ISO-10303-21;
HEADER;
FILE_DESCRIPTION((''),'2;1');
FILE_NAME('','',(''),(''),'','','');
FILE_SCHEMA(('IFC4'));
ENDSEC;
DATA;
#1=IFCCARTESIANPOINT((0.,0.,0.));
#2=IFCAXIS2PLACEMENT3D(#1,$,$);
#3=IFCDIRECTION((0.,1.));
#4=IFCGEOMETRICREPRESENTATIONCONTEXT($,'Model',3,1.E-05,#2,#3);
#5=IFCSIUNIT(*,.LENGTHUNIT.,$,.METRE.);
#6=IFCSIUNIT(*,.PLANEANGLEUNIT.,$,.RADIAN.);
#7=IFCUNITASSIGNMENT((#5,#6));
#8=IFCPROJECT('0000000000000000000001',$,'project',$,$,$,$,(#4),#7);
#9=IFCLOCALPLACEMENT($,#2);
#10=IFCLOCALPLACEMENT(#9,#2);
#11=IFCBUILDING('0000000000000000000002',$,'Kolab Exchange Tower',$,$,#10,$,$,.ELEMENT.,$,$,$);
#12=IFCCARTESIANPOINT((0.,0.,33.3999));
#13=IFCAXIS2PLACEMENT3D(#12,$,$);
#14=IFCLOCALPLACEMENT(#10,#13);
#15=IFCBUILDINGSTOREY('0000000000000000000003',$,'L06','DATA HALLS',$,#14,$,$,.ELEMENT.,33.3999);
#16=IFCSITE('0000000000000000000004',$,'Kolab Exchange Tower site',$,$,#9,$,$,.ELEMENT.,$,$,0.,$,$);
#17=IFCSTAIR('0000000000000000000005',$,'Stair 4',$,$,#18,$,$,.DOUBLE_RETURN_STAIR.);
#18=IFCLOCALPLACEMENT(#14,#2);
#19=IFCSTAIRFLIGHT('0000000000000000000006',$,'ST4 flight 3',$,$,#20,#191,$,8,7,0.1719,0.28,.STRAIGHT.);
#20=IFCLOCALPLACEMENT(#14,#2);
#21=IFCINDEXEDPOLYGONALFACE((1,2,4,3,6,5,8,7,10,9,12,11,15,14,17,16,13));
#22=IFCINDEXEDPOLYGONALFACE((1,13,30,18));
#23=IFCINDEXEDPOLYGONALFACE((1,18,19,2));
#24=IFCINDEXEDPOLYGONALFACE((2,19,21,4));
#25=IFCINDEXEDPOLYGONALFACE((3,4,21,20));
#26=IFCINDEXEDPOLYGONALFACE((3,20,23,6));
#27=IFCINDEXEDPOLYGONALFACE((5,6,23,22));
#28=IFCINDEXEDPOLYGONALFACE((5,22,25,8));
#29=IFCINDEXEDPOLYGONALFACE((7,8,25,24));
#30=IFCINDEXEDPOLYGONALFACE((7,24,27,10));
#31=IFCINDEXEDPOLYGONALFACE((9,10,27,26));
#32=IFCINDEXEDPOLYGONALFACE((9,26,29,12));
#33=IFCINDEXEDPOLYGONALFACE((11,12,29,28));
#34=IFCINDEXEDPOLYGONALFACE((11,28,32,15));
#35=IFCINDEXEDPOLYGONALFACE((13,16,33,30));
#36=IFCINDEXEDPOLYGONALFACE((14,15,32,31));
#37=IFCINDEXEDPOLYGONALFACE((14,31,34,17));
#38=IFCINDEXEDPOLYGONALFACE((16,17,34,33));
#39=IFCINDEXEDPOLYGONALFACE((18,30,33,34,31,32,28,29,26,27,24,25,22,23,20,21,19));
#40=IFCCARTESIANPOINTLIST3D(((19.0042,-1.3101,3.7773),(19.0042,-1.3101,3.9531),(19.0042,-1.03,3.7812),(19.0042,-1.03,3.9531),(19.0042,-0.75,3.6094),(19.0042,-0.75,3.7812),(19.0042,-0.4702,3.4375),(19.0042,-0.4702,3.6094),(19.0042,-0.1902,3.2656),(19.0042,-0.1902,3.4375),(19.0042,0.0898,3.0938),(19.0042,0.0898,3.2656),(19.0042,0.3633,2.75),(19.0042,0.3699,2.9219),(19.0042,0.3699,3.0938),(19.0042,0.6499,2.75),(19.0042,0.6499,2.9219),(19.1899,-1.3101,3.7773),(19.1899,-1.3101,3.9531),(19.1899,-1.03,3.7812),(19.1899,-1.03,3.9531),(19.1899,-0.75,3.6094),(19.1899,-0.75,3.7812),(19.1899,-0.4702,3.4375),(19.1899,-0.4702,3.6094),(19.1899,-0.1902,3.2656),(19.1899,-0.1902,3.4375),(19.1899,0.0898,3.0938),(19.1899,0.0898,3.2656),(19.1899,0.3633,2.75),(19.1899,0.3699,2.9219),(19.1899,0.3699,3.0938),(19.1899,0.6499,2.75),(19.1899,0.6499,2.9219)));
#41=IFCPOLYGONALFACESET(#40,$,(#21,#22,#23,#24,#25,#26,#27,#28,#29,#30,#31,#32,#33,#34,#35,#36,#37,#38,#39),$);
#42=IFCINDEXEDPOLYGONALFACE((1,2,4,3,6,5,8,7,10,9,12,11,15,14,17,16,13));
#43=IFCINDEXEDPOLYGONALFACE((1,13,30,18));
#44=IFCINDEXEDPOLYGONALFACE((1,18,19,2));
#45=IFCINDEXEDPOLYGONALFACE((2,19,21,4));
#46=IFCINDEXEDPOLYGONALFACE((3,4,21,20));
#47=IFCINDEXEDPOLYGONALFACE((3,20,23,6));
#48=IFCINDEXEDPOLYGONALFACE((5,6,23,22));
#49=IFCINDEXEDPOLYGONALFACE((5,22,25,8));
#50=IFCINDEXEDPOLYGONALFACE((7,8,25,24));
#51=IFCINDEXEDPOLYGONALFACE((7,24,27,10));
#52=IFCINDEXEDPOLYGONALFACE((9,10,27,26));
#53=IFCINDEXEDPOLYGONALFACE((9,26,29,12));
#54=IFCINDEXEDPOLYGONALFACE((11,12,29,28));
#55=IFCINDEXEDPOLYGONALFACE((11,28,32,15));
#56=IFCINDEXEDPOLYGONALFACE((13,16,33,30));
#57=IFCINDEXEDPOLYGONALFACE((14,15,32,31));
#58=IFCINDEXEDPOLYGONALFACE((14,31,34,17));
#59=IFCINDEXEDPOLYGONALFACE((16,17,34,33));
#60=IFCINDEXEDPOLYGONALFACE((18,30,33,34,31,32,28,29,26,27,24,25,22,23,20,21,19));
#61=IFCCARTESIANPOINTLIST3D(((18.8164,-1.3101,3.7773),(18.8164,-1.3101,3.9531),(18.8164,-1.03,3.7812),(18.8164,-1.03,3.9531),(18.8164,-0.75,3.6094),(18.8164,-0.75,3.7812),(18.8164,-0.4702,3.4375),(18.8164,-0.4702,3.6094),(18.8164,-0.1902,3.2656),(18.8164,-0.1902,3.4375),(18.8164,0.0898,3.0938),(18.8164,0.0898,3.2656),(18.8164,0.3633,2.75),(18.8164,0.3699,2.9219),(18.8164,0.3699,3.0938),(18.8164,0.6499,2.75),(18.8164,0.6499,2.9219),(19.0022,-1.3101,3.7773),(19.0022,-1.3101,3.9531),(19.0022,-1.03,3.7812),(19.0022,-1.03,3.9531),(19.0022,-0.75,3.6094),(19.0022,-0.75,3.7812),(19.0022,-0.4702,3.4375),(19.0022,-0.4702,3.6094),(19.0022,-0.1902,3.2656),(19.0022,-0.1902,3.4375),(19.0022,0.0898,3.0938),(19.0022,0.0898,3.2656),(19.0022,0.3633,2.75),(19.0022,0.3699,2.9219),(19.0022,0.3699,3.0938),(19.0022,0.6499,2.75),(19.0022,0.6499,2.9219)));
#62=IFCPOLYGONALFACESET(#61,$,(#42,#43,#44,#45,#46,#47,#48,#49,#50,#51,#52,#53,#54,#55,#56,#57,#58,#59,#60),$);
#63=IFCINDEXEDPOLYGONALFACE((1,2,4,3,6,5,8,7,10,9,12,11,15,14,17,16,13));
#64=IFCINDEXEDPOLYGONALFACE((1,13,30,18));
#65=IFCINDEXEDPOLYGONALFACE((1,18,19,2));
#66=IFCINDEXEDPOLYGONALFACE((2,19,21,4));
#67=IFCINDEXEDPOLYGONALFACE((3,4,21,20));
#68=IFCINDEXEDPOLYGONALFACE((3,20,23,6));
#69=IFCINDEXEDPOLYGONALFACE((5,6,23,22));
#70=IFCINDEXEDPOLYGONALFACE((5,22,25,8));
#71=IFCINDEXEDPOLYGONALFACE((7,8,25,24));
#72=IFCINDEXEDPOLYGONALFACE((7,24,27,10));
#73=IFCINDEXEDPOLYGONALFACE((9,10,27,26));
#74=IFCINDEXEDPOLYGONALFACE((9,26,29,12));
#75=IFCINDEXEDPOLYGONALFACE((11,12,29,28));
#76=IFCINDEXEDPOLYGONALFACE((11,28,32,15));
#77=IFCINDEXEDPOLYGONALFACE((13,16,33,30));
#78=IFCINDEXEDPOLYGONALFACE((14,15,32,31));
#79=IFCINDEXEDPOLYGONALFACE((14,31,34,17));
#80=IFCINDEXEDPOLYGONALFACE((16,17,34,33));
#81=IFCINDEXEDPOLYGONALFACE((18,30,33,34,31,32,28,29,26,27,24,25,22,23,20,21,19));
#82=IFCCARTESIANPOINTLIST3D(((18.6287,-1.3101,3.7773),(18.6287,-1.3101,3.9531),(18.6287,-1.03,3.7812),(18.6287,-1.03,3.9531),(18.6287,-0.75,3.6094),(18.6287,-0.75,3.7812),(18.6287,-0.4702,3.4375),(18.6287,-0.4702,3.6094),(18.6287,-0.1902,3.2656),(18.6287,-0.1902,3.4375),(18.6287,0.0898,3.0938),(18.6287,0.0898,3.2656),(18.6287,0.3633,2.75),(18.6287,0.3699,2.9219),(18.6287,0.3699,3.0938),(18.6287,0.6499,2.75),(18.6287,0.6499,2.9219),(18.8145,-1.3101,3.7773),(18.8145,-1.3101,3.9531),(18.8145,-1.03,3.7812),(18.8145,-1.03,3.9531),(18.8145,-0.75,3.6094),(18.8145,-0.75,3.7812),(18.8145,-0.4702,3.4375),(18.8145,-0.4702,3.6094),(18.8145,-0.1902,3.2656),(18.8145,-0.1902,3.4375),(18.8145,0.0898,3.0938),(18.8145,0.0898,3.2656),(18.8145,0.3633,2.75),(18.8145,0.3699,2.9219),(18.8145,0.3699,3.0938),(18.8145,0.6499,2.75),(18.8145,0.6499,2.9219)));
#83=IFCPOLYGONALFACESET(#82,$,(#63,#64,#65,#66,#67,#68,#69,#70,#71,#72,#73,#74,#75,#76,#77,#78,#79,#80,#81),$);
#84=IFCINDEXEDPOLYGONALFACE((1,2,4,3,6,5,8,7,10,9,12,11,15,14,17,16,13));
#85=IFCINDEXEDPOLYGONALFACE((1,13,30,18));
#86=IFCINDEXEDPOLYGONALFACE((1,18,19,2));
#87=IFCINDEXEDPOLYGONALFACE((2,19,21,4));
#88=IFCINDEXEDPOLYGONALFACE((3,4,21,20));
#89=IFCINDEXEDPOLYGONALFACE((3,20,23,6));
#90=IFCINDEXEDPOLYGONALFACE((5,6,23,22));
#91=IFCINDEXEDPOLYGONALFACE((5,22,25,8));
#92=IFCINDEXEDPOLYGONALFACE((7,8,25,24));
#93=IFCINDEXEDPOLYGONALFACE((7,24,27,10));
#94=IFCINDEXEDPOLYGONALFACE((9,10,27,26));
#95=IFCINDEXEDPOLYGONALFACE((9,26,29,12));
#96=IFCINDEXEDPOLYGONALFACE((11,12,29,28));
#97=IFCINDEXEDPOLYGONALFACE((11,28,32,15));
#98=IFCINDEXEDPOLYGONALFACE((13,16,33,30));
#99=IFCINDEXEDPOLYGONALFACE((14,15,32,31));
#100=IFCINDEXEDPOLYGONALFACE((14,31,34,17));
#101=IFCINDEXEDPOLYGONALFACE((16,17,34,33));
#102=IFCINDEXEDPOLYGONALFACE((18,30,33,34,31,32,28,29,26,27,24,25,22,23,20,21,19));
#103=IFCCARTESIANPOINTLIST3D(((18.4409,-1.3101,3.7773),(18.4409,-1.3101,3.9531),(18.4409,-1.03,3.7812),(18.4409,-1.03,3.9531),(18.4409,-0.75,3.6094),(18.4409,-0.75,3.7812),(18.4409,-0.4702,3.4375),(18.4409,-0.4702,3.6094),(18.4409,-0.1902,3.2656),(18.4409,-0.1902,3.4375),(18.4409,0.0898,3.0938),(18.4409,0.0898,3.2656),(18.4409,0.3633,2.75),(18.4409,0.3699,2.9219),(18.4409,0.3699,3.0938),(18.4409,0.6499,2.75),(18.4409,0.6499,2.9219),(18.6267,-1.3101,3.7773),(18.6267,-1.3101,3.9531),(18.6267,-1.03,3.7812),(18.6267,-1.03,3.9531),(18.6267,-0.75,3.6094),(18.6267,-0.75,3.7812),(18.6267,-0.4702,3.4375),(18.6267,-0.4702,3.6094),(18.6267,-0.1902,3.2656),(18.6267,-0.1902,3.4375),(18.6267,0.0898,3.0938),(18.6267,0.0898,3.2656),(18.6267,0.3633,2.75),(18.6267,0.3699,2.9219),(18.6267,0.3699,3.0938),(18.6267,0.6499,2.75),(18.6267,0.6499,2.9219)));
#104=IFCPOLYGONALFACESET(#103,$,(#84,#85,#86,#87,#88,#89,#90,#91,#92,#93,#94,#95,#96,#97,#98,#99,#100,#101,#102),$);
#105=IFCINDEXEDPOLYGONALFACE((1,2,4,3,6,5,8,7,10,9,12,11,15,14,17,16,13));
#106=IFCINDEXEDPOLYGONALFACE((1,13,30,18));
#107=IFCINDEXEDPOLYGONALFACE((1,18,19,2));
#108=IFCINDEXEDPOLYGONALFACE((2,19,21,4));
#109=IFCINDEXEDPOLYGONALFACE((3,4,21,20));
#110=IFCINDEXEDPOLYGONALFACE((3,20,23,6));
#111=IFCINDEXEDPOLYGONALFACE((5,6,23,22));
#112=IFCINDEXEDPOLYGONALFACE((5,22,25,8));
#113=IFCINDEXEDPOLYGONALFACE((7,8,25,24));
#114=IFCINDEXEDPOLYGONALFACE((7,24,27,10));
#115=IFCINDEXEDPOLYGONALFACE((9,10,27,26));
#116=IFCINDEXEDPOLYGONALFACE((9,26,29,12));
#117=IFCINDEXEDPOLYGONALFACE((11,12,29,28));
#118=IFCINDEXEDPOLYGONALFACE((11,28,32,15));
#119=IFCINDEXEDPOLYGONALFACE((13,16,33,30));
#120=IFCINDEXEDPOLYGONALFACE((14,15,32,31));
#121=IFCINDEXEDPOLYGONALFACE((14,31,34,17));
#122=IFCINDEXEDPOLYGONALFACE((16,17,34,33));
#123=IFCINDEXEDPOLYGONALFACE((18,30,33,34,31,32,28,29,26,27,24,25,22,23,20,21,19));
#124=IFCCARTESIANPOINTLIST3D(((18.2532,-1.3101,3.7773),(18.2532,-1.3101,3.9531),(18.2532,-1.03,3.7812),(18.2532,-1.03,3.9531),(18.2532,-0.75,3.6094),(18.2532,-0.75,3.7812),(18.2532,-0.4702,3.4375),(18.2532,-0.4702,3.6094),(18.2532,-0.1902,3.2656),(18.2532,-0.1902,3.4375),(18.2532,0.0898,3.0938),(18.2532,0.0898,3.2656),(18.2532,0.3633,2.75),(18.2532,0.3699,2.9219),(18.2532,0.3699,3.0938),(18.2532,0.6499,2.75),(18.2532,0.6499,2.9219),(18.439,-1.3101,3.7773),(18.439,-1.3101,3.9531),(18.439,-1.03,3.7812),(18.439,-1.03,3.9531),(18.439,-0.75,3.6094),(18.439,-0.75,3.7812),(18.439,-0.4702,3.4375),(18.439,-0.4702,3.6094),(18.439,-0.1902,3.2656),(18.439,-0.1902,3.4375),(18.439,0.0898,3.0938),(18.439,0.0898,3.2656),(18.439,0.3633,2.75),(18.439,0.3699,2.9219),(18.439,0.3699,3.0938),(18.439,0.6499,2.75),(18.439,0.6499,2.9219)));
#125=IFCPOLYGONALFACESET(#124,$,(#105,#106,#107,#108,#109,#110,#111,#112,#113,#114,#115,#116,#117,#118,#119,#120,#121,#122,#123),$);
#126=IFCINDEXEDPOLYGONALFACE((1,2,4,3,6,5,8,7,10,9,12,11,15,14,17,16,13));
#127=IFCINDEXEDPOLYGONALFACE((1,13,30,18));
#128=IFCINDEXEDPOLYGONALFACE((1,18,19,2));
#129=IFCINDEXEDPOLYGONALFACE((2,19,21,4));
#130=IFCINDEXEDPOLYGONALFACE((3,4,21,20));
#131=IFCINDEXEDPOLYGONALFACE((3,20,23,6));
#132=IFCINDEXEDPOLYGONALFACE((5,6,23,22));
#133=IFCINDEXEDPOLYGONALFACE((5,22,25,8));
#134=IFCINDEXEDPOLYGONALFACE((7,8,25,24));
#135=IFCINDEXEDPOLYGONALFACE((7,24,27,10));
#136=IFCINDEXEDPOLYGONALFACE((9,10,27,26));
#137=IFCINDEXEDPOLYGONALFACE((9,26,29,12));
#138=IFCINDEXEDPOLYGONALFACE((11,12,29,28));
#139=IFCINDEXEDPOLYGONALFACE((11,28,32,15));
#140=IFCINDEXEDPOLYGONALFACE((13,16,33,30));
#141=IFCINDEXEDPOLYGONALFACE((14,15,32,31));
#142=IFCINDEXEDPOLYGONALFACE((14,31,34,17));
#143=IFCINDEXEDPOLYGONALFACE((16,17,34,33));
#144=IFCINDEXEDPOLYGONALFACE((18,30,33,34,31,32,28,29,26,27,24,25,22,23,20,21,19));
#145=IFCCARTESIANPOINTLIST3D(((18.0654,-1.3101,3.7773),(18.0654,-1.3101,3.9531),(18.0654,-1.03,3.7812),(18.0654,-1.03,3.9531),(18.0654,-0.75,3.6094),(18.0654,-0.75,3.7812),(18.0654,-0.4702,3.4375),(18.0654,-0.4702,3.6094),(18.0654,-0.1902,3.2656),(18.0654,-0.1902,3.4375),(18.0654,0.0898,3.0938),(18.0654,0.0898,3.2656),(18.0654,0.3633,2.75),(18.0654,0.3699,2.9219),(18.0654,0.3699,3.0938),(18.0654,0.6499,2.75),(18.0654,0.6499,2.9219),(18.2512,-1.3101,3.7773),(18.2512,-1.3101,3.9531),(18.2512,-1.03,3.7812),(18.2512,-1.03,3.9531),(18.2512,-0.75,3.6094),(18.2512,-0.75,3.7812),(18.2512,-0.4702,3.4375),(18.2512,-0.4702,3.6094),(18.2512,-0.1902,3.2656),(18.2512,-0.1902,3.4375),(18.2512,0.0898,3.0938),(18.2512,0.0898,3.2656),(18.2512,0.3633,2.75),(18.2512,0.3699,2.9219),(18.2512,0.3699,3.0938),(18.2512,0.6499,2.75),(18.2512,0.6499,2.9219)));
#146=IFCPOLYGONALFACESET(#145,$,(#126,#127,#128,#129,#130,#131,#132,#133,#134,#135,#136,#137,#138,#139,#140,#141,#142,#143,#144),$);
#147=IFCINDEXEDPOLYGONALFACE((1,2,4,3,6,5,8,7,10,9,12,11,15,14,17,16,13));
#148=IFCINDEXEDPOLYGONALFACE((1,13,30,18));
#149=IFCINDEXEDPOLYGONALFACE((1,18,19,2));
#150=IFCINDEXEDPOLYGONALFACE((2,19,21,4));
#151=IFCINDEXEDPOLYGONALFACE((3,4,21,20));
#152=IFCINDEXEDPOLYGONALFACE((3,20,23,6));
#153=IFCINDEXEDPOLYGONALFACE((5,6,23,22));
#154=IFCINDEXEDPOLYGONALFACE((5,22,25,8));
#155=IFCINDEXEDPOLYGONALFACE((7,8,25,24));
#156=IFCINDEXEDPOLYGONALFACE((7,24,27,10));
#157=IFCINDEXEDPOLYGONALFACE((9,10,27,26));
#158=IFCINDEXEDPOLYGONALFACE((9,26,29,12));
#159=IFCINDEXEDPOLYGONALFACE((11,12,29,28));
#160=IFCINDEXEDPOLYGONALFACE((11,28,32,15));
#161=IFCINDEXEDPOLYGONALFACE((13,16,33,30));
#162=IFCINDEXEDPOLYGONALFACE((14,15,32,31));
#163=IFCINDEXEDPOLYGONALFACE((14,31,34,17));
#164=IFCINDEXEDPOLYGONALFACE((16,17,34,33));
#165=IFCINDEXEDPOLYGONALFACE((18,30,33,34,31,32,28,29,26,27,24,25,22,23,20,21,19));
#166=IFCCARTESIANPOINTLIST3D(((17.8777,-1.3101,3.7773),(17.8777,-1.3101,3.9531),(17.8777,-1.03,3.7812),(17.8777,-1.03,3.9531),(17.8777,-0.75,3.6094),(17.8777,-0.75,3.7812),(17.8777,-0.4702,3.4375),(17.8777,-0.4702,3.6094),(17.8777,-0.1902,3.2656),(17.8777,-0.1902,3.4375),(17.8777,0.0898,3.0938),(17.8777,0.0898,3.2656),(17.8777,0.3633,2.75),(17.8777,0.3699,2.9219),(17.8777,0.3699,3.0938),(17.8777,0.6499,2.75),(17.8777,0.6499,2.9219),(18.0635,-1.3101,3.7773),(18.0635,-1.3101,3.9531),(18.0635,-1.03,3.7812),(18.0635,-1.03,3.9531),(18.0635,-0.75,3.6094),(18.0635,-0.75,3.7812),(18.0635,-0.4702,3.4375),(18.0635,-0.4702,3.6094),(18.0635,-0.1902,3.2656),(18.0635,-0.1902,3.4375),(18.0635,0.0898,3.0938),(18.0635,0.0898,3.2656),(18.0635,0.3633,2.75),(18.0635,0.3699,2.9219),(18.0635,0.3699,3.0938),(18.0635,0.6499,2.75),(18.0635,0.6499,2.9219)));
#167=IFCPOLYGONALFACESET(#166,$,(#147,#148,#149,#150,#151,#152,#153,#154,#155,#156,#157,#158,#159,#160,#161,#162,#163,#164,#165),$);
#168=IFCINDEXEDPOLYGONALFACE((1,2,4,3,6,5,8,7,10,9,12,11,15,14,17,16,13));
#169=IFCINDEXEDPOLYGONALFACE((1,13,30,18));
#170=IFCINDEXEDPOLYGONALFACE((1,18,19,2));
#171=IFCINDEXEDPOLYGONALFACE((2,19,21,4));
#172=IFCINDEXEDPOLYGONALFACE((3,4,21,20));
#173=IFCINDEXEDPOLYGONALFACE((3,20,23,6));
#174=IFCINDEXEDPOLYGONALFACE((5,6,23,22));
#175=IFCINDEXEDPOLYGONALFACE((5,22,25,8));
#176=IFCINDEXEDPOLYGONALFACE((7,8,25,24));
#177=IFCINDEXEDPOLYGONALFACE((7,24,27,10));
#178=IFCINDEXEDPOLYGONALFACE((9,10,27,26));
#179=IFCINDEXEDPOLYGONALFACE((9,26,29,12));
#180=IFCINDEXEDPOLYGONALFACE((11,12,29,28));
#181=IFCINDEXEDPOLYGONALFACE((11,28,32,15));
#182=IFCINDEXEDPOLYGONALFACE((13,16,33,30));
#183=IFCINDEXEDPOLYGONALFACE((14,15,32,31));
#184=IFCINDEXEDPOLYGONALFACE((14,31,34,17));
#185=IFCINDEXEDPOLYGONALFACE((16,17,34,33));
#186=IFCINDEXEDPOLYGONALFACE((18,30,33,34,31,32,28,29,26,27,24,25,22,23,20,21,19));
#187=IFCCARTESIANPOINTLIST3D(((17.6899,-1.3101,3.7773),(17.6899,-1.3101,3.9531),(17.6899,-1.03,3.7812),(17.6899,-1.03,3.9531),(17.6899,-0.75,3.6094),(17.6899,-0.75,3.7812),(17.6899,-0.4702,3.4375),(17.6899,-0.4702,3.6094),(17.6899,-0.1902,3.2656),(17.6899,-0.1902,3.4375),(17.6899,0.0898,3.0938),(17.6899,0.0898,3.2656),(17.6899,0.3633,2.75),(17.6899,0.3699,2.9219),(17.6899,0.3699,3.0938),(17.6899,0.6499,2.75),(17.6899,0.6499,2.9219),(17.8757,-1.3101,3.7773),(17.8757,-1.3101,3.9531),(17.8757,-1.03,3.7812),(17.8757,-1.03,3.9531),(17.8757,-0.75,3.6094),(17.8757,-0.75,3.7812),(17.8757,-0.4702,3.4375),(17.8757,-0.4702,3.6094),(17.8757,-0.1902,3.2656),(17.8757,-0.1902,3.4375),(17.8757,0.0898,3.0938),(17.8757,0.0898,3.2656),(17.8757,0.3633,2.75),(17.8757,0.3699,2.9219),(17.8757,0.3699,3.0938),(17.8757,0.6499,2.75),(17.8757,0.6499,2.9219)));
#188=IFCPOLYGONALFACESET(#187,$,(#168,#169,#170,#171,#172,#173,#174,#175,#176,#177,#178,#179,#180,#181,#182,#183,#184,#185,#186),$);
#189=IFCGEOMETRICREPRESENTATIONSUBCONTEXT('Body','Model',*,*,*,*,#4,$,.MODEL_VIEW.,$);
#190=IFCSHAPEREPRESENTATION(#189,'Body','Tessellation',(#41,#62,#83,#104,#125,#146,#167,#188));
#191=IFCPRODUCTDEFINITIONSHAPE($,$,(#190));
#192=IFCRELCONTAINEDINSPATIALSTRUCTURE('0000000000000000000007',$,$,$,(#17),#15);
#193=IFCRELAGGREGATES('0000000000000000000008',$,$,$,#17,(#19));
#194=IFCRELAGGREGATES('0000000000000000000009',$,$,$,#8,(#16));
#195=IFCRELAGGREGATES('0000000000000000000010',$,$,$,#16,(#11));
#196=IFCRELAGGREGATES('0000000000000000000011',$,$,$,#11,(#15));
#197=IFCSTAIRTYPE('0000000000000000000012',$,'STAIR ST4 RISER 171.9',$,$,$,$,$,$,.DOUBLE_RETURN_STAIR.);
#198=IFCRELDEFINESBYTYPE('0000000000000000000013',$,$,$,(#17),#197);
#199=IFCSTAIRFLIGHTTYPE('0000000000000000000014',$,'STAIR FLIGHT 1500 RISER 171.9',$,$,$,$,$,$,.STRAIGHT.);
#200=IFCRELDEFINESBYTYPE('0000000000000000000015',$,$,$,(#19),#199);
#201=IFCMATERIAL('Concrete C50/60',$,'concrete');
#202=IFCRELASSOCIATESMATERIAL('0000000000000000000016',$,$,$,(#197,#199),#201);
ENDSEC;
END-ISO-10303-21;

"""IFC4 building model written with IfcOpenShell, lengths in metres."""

from ifc_helpers import new_model, si_unit, direction, frame, origin, place, context, subcontext, project, spatial, polyline, outline, extrude, material, type_object, element, aggregate, save


model = new_model("IFC4")

# Units and contexts
model_context = context("Model", 3, precision=1e-05, world=origin(), true_north=direction((0.0, 1.0)))
body_context = subcontext(model_context, "Body", "Model", "MODEL_VIEW")
ifc_project = project(units=[si_unit("LENGTHUNIT", "METRE"), si_unit("PLANEANGLEUNIT", "RADIAN")], contexts=[model_context])

# Site, building, storey
site_placement = place(None, origin())
site = spatial("IfcSite", under=ifc_project, at=site_placement, Name="Kolab Exchange Tower site", CompositionType="ELEMENT", RefElevation=0.0)
building_placement = place(site_placement, origin())
building = spatial("IfcBuilding", under=site, at=building_placement, Name="Kolab Exchange Tower", CompositionType="ELEMENT")
storey_placement = place(building_placement, frame((0.0, 0.0, 33.3999)))
storey = spatial("IfcBuildingStorey", under=building, at=storey_placement, Name="L06", Description="DATA HALLS", CompositionType="ELEMENT", Elevation=33.3999)

# Shared definitions
ifc_material_1 = material(Name="Concrete C50/60", Category="concrete")

# Stair, stair flight
stair_type = type_object("IfcStairType", Name="STAIR ST4 RISER 171.9", PredefinedType="DOUBLE_RETURN_STAIR", material=ifc_material_1)
stair_placement = place(storey_placement, origin())
stair = element("IfcStair", 1, at=stair_placement, inside=storey, type_object=stair_type, Name="Stair 4", PredefinedType="DOUBLE_RETURN_STAIR")
stair_flight_type = type_object("IfcStairFlightType", Name="STAIR FLIGHT 1500 RISER 171.9", PredefinedType="STRAIGHT", material=ifc_material_1)
stair_flight_1_placement = place(storey_placement, frame((18.4399, 0.6499, 2.75), z_axis=(0.0, 0.0, 1.0), x_axis=(0.0, -1.0, 0.0)))
stair_flight_1 = element("IfcStairFlight", 2, at=stair_flight_1_placement, type_object=stair_flight_type, Name="ST4 flight 3", NumberOfRisers=8, NumberOfTreads=7, PredefinedType="STRAIGHT", RiserHeight=0.1719, TreadLength=0.28, context=body_context, shape_type="SweptSolid", body=[
    extrude(outline(polyline([(0.0, 0.0), (0.0, 0.1719), (0.28, 0.1719), (0.28, 0.3438), (0.5601, 0.3438), (0.5601, 0.5156), (0.8401, 0.5156), (0.8401, 0.6875), (1.1201, 0.6875), (1.1201, 0.8594), (1.3999, 0.8594), (1.3999, 1.0312), (1.6799, 1.0312), (1.6799, 1.2031), (1.96, 1.2031), (1.96, 1.375), (1.96, 1.0273), (0.2866, 0.0), (0.0, 0.0)])), frame((0.0, 0.75, 0.0), z_axis=(0.0, -1.0, 0.0), x_axis=(1.0, 0.0, 0.0)), (0.0, 0.0, 1.0), 0.1858),
    extrude(outline(polyline([(0.0, 0.0), (0.0, 0.1719), (0.28, 0.1719), (0.28, 0.3438), (0.5601, 0.3438), (0.5601, 0.5156), (0.8401, 0.5156), (0.8401, 0.6875), (1.1201, 0.6875), (1.1201, 0.8594), (1.3999, 0.8594), (1.3999, 1.0312), (1.6799, 1.0312), (1.6799, 1.2031), (1.96, 1.2031), (1.96, 1.375), (1.96, 1.0273), (0.2866, 0.0), (0.0, 0.0)])), frame((0.0, 0.5623, 0.0), z_axis=(0.0, -1.0, 0.0), x_axis=(1.0, 0.0, 0.0)), (0.0, 0.0, 1.0), 0.1858),
    extrude(outline(polyline([(0.0, 0.0), (0.0, 0.1719), (0.28, 0.1719), (0.28, 0.3438), (0.5601, 0.3438), (0.5601, 0.5156), (0.8401, 0.5156), (0.8401, 0.6875), (1.1201, 0.6875), (1.1201, 0.8594), (1.3999, 0.8594), (1.3999, 1.0312), (1.6799, 1.0312), (1.6799, 1.2031), (1.96, 1.2031), (1.96, 1.375), (1.96, 1.0273), (0.2866, 0.0), (0.0, 0.0)])), frame((0.0, 0.3745, 0.0), z_axis=(0.0, -1.0, 0.0), x_axis=(1.0, 0.0, 0.0)), (0.0, 0.0, 1.0), 0.1858),
    extrude(outline(polyline([(0.0, 0.0), (0.0, 0.1719), (0.28, 0.1719), (0.28, 0.3438), (0.5601, 0.3438), (0.5601, 0.5156), (0.8401, 0.5156), (0.8401, 0.6875), (1.1201, 0.6875), (1.1201, 0.8594), (1.3999, 0.8594), (1.3999, 1.0312), (1.6799, 1.0312), (1.6799, 1.2031), (1.96, 1.2031), (1.96, 1.375), (1.96, 1.0273), (0.2866, 0.0), (0.0, 0.0)])), frame((0.0, 0.1868, 0.0), z_axis=(0.0, -1.0, 0.0), x_axis=(1.0, 0.0, 0.0)), (0.0, 0.0, 1.0), 0.1858),
    extrude(outline(polyline([(0.0, 0.0), (0.0, 0.1719), (0.28, 0.1719), (0.28, 0.3438), (0.5601, 0.3438), (0.5601, 0.5156), (0.8401, 0.5156), (0.8401, 0.6875), (1.1201, 0.6875), (1.1201, 0.8594), (1.3999, 0.8594), (1.3999, 1.0312), (1.6799, 1.0312), (1.6799, 1.2031), (1.96, 1.2031), (1.96, 1.375), (1.96, 1.0273), (0.2866, 0.0), (0.0, 0.0)])), frame((0.0, -0.001, 0.0), z_axis=(0.0, -1.0, 0.0), x_axis=(1.0, 0.0, 0.0)), (0.0, 0.0, 1.0), 0.1858),
    extrude(outline(polyline([(0.0, 0.0), (0.0, 0.1719), (0.28, 0.1719), (0.28, 0.3438), (0.5601, 0.3438), (0.5601, 0.5156), (0.8401, 0.5156), (0.8401, 0.6875), (1.1201, 0.6875), (1.1201, 0.8594), (1.3999, 0.8594), (1.3999, 1.0312), (1.6799, 1.0312), (1.6799, 1.2031), (1.96, 1.2031), (1.96, 1.375), (1.96, 1.0273), (0.2866, 0.0), (0.0, 0.0)])), frame((0.0, -0.1887, 0.0), z_axis=(0.0, -1.0, 0.0), x_axis=(1.0, 0.0, 0.0)), (0.0, 0.0, 1.0), 0.1858),
    extrude(outline(polyline([(0.0, 0.0), (0.0, 0.1719), (0.28, 0.1719), (0.28, 0.3438), (0.5601, 0.3438), (0.5601, 0.5156), (0.8401, 0.5156), (0.8401, 0.6875), (1.1201, 0.6875), (1.1201, 0.8594), (1.3999, 0.8594), (1.3999, 1.0312), (1.6799, 1.0312), (1.6799, 1.2031), (1.96, 1.2031), (1.96, 1.375), (1.96, 1.0273), (0.2866, 0.0), (0.0, 0.0)])), frame((0.0, -0.3765, 0.0), z_axis=(0.0, -1.0, 0.0), x_axis=(1.0, 0.0, 0.0)), (0.0, 0.0, 1.0), 0.1858),
    extrude(outline(polyline([(0.0, 0.0), (0.0, 0.1719), (0.28, 0.1719), (0.28, 0.3438), (0.5601, 0.3438), (0.5601, 0.5156), (0.8401, 0.5156), (0.8401, 0.6875), (1.1201, 0.6875), (1.1201, 0.8594), (1.3999, 0.8594), (1.3999, 1.0312), (1.6799, 1.0312), (1.6799, 1.2031), (1.96, 1.2031), (1.96, 1.375), (1.96, 1.0273), (0.2866, 0.0), (0.0, 0.0)])), frame((0.0, -0.5642, 0.0), z_axis=(0.0, -1.0, 0.0), x_axis=(1.0, 0.0, 0.0)), (0.0, 0.0, 1.0), 0.1858),
])
aggregate(stair, [stair_flight_1])

save(model, "model.ifc")
